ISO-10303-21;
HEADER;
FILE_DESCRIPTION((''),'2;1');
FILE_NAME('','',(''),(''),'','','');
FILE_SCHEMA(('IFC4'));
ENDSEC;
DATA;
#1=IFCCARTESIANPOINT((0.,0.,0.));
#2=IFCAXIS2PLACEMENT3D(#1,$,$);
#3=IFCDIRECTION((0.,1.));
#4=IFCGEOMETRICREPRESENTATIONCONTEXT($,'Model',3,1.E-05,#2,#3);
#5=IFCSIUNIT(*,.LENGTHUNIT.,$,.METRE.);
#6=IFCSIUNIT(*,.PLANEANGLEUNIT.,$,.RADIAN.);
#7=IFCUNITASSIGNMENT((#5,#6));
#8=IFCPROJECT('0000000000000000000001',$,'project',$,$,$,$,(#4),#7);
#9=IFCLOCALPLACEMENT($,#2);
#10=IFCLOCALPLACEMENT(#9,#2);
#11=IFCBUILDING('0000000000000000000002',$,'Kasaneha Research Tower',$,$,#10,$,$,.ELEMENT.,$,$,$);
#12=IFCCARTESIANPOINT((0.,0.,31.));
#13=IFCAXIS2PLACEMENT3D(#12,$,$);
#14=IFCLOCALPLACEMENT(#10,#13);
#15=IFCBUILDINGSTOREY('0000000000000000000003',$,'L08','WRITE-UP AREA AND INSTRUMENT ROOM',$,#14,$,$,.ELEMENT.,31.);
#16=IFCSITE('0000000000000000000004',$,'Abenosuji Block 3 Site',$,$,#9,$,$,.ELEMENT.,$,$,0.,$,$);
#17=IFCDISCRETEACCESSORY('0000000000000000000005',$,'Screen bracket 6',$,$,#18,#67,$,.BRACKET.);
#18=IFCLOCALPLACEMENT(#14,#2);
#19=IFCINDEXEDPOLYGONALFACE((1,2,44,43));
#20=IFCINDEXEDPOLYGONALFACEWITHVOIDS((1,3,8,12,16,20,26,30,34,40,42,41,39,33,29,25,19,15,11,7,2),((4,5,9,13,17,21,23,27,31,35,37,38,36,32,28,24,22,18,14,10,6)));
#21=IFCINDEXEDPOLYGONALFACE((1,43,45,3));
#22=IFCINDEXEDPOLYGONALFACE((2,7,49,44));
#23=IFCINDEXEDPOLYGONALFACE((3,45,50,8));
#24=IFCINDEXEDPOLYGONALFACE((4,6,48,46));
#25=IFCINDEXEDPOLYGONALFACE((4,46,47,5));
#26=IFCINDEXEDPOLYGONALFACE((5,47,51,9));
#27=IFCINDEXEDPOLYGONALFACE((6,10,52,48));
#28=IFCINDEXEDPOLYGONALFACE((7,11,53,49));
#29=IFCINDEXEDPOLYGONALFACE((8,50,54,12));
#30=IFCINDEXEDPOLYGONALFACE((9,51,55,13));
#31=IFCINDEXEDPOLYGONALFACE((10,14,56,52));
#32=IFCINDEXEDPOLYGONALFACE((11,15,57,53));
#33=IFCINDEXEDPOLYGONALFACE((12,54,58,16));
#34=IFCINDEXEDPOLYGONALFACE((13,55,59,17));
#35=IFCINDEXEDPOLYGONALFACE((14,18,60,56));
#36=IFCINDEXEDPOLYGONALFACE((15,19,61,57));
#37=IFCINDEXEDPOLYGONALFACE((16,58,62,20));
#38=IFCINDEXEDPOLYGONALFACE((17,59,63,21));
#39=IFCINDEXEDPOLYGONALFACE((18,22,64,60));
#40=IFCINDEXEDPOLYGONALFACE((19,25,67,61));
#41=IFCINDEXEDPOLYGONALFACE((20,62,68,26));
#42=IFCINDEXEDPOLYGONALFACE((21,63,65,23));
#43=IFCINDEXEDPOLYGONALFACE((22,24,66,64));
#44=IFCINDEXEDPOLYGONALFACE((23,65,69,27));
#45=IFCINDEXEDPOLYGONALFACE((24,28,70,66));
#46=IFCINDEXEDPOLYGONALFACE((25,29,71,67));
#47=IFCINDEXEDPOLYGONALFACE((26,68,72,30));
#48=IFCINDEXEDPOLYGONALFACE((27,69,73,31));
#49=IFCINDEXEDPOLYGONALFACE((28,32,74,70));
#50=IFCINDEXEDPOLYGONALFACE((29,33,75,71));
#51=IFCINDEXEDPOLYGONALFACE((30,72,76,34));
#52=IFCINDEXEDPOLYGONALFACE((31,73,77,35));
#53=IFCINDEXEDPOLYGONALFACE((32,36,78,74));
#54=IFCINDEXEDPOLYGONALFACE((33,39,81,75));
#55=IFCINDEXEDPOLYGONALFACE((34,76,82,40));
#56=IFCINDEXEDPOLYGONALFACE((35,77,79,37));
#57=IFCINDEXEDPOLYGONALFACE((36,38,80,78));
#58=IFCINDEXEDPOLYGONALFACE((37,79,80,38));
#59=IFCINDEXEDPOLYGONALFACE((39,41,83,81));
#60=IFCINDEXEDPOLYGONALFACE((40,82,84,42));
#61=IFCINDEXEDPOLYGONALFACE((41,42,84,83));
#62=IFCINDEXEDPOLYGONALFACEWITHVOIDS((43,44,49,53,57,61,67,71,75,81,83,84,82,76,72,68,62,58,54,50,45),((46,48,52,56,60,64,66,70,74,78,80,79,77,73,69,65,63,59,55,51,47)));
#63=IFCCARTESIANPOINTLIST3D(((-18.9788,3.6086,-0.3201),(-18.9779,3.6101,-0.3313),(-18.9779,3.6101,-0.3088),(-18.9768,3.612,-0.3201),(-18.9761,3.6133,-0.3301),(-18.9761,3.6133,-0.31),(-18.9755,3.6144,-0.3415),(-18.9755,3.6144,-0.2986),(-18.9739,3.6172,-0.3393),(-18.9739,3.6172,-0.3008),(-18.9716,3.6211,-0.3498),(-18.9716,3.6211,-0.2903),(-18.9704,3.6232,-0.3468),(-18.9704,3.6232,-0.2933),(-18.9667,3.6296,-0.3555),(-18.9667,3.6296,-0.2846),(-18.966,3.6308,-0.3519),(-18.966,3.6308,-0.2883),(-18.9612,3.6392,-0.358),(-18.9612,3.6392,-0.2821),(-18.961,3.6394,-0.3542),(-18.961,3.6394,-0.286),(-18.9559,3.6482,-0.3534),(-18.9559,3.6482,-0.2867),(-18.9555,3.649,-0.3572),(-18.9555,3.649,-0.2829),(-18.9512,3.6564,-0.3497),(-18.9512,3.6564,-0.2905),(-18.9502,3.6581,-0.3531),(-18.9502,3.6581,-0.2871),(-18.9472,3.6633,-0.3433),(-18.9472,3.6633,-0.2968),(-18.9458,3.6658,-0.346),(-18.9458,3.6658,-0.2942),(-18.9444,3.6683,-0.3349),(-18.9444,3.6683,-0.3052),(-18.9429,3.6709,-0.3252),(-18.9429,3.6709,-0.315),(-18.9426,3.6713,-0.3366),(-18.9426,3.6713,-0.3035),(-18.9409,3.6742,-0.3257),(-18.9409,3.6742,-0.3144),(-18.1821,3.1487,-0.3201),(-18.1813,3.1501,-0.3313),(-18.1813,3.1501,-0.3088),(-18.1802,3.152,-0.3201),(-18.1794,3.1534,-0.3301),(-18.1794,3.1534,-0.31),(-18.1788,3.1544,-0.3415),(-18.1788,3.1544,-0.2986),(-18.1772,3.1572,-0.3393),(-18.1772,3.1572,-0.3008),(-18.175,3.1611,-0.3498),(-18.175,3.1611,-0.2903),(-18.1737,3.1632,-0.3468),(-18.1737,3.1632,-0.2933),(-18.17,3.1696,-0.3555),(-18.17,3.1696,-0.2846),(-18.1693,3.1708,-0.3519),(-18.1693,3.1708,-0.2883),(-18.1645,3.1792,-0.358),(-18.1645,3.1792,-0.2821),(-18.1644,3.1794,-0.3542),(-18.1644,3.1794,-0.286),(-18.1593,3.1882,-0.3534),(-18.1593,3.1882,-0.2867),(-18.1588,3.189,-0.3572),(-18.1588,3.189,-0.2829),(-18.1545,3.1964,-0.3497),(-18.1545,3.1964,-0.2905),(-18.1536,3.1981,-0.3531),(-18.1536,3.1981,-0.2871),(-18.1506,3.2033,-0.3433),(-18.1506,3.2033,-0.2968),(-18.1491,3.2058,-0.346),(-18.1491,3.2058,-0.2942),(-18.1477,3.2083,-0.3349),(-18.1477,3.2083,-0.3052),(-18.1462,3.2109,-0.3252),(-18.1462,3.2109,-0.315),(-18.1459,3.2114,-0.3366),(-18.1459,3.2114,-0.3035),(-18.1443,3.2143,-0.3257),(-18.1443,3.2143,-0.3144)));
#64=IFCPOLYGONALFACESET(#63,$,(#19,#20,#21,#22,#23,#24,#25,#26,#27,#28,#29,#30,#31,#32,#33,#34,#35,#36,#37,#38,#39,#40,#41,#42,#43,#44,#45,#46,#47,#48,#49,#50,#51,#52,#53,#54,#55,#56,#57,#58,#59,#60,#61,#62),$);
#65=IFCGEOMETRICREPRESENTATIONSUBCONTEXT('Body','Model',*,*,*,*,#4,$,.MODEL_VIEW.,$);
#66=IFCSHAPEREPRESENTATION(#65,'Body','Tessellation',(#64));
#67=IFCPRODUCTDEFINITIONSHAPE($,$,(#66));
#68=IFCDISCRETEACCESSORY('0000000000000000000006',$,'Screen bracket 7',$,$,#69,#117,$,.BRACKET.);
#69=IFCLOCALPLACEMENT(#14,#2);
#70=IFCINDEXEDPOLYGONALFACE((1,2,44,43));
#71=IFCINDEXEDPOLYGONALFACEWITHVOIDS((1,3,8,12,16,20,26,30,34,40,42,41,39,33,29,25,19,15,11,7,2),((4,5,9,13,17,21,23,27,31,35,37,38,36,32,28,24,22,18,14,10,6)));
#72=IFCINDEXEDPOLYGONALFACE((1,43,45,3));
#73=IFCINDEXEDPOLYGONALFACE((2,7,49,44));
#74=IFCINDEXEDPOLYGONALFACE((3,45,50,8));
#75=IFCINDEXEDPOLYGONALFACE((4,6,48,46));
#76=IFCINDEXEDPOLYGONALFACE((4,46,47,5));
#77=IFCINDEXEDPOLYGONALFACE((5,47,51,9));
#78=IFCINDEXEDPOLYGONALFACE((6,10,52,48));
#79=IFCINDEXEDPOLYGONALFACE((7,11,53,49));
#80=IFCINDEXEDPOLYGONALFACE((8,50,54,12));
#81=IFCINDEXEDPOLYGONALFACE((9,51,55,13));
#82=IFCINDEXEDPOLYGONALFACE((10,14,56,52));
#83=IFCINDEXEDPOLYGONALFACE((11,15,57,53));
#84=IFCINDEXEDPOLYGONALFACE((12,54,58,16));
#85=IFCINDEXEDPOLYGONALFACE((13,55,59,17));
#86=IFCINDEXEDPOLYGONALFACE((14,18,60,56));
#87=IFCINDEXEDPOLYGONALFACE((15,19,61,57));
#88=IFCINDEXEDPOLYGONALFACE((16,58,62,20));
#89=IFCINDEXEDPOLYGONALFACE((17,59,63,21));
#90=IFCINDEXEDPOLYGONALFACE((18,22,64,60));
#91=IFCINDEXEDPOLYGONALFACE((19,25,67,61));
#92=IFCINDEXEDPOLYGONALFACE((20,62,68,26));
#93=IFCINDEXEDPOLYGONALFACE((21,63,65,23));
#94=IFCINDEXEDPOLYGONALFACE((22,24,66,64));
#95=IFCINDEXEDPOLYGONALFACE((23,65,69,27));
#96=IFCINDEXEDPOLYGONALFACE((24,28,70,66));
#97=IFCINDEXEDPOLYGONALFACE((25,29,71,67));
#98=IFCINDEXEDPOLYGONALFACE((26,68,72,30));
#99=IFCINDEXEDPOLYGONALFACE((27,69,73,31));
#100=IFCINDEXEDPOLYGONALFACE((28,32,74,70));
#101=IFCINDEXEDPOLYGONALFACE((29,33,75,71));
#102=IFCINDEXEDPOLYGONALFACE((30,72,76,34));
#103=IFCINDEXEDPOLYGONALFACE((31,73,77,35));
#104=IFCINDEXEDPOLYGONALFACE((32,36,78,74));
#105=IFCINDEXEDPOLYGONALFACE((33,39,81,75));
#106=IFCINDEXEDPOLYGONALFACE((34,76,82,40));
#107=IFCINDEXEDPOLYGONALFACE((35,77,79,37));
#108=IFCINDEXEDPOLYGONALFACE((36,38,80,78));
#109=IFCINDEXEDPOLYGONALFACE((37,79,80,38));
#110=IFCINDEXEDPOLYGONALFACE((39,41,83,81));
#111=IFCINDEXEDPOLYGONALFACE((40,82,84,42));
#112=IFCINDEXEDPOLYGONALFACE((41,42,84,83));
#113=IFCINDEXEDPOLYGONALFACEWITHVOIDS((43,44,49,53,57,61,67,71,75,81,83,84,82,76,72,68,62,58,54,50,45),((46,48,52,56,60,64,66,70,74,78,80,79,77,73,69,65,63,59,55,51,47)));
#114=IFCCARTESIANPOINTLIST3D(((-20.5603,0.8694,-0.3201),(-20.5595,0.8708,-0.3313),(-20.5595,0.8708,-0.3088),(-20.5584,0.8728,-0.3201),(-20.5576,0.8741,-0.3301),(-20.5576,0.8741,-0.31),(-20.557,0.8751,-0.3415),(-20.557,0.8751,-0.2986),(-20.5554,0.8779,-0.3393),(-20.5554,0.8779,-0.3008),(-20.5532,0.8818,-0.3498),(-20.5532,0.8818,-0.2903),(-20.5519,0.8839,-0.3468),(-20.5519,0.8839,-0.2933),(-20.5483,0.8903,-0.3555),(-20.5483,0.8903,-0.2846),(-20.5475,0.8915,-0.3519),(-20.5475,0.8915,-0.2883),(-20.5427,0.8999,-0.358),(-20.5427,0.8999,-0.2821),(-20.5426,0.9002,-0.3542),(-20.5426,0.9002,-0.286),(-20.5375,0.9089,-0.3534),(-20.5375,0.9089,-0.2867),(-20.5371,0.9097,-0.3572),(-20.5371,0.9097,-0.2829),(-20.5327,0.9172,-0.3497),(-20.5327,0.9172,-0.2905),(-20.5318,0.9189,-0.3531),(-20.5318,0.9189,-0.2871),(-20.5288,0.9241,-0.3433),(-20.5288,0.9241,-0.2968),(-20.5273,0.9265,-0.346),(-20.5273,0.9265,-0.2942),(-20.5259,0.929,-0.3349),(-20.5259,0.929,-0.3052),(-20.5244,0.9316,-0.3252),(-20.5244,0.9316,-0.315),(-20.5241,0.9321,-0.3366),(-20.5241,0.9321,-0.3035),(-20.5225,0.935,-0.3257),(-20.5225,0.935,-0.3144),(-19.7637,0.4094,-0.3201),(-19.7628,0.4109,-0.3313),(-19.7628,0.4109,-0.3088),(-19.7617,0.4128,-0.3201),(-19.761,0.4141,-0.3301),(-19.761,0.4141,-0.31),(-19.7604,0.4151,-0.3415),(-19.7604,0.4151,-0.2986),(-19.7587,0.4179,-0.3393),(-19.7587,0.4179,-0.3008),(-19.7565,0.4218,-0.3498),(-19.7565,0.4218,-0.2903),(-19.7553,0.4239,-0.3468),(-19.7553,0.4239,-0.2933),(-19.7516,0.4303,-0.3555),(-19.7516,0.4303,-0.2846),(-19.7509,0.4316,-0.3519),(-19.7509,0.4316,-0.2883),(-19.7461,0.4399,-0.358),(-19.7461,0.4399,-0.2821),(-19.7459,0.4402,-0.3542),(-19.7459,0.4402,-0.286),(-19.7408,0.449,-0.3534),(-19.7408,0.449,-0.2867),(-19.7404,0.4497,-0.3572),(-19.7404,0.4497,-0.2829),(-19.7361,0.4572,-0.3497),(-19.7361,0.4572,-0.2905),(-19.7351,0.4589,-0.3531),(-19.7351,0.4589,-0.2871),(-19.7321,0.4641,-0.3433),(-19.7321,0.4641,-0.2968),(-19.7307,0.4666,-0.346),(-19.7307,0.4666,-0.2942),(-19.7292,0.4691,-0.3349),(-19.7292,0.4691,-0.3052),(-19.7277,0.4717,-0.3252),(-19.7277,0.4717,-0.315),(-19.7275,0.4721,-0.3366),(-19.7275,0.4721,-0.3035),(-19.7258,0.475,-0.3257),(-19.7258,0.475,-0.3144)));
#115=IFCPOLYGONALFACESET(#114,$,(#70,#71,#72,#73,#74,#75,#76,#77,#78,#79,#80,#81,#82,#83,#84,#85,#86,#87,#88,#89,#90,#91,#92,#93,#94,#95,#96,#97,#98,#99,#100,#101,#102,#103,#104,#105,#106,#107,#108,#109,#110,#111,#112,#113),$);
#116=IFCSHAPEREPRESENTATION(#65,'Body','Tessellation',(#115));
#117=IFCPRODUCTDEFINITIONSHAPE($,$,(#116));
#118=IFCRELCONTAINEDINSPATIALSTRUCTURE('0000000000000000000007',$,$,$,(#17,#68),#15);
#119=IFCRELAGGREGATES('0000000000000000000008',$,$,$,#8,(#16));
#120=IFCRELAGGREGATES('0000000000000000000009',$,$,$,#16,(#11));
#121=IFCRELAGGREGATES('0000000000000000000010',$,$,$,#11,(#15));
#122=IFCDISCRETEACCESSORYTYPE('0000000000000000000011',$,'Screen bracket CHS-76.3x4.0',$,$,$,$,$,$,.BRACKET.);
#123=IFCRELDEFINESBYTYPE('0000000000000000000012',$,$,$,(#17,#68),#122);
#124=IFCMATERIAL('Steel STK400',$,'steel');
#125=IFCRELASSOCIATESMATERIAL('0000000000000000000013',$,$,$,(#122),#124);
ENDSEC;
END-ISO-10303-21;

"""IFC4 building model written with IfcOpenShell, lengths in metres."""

from ifc_helpers import new_model, si_unit, direction, frame, origin, origin_2d, place, context, subcontext, project, spatial, hollow_circle, extrude, material, material_profile, profile_set, type_object, element, save


model = new_model("IFC4")

# Units and contexts
model_context = context("Model", 3, precision=1e-05, world=origin(), true_north=direction((0.0, 1.0)))
body_context = subcontext(model_context, "Body", "Model", "MODEL_VIEW")
ifc_project = project(units=[si_unit("LENGTHUNIT", "METRE"), si_unit("PLANEANGLEUNIT", "RADIAN")], contexts=[model_context])

# Site, building, storey
site_placement = place(None, origin())
site = spatial("IfcSite", under=ifc_project, at=site_placement, Name="Abenosuji Block 3 Site", CompositionType="ELEMENT", RefElevation=0.0)
building_placement = place(site_placement, origin())
building = spatial("IfcBuilding", under=site, at=building_placement, Name="Kasaneha Research Tower", CompositionType="ELEMENT")
storey_placement = place(building_placement, frame((0.0, 0.0, 31.0)))
storey = spatial("IfcBuildingStorey", under=building, at=storey_placement, Name="L08", Description="WRITE-UP AREA AND INSTRUMENT ROOM", CompositionType="ELEMENT", Elevation=31.0)

# Discrete accessories
ifc_material_1 = material(Name="Steel STK400", Category="steel")
ifc_material_profile_1 = material_profile(ifc_material_1, hollow_circle(Radius=0.0381, WallThickness=0.0039, at=origin_2d()), Name="CHS-76.3x4.0")
ifc_profile_set_1 = profile_set([ifc_material_profile_1], Name="Steel STK400")
discrete_accessory_type = type_object("IfcDiscreteAccessoryType", Name="Screen bracket CHS-76.3x4.0", PredefinedType="BRACKET", material=ifc_profile_set_1)
for number, where, z_axis, x_axis, name in (
    (1, (-18.1631, 3.1816, -0.3201), (-0.866013, 0.500021, 0.0), (-0.500021, -0.866013, 0.0), "Screen bracket 6"),
    (2, (-19.7446, 0.4424, -0.3201), (-0.866013, 0.500021, 0.0), (-0.500021, -0.866013, 0.0), "Screen bracket 7"),
):
    element("IfcDiscreteAccessory", number, at=place(storey_placement, frame(where, z_axis=z_axis, x_axis=x_axis)), inside=storey, type_object=discrete_accessory_type, Name=name, PredefinedType="BRACKET", context=body_context, shape_type="SweptSolid", body=[
        extrude(hollow_circle(Radius=0.0381, WallThickness=0.0039, at=origin_2d()), origin(), (0.0, 0.0, 1.0), 0.9199),
    ])

save(model, "model.ifc")
